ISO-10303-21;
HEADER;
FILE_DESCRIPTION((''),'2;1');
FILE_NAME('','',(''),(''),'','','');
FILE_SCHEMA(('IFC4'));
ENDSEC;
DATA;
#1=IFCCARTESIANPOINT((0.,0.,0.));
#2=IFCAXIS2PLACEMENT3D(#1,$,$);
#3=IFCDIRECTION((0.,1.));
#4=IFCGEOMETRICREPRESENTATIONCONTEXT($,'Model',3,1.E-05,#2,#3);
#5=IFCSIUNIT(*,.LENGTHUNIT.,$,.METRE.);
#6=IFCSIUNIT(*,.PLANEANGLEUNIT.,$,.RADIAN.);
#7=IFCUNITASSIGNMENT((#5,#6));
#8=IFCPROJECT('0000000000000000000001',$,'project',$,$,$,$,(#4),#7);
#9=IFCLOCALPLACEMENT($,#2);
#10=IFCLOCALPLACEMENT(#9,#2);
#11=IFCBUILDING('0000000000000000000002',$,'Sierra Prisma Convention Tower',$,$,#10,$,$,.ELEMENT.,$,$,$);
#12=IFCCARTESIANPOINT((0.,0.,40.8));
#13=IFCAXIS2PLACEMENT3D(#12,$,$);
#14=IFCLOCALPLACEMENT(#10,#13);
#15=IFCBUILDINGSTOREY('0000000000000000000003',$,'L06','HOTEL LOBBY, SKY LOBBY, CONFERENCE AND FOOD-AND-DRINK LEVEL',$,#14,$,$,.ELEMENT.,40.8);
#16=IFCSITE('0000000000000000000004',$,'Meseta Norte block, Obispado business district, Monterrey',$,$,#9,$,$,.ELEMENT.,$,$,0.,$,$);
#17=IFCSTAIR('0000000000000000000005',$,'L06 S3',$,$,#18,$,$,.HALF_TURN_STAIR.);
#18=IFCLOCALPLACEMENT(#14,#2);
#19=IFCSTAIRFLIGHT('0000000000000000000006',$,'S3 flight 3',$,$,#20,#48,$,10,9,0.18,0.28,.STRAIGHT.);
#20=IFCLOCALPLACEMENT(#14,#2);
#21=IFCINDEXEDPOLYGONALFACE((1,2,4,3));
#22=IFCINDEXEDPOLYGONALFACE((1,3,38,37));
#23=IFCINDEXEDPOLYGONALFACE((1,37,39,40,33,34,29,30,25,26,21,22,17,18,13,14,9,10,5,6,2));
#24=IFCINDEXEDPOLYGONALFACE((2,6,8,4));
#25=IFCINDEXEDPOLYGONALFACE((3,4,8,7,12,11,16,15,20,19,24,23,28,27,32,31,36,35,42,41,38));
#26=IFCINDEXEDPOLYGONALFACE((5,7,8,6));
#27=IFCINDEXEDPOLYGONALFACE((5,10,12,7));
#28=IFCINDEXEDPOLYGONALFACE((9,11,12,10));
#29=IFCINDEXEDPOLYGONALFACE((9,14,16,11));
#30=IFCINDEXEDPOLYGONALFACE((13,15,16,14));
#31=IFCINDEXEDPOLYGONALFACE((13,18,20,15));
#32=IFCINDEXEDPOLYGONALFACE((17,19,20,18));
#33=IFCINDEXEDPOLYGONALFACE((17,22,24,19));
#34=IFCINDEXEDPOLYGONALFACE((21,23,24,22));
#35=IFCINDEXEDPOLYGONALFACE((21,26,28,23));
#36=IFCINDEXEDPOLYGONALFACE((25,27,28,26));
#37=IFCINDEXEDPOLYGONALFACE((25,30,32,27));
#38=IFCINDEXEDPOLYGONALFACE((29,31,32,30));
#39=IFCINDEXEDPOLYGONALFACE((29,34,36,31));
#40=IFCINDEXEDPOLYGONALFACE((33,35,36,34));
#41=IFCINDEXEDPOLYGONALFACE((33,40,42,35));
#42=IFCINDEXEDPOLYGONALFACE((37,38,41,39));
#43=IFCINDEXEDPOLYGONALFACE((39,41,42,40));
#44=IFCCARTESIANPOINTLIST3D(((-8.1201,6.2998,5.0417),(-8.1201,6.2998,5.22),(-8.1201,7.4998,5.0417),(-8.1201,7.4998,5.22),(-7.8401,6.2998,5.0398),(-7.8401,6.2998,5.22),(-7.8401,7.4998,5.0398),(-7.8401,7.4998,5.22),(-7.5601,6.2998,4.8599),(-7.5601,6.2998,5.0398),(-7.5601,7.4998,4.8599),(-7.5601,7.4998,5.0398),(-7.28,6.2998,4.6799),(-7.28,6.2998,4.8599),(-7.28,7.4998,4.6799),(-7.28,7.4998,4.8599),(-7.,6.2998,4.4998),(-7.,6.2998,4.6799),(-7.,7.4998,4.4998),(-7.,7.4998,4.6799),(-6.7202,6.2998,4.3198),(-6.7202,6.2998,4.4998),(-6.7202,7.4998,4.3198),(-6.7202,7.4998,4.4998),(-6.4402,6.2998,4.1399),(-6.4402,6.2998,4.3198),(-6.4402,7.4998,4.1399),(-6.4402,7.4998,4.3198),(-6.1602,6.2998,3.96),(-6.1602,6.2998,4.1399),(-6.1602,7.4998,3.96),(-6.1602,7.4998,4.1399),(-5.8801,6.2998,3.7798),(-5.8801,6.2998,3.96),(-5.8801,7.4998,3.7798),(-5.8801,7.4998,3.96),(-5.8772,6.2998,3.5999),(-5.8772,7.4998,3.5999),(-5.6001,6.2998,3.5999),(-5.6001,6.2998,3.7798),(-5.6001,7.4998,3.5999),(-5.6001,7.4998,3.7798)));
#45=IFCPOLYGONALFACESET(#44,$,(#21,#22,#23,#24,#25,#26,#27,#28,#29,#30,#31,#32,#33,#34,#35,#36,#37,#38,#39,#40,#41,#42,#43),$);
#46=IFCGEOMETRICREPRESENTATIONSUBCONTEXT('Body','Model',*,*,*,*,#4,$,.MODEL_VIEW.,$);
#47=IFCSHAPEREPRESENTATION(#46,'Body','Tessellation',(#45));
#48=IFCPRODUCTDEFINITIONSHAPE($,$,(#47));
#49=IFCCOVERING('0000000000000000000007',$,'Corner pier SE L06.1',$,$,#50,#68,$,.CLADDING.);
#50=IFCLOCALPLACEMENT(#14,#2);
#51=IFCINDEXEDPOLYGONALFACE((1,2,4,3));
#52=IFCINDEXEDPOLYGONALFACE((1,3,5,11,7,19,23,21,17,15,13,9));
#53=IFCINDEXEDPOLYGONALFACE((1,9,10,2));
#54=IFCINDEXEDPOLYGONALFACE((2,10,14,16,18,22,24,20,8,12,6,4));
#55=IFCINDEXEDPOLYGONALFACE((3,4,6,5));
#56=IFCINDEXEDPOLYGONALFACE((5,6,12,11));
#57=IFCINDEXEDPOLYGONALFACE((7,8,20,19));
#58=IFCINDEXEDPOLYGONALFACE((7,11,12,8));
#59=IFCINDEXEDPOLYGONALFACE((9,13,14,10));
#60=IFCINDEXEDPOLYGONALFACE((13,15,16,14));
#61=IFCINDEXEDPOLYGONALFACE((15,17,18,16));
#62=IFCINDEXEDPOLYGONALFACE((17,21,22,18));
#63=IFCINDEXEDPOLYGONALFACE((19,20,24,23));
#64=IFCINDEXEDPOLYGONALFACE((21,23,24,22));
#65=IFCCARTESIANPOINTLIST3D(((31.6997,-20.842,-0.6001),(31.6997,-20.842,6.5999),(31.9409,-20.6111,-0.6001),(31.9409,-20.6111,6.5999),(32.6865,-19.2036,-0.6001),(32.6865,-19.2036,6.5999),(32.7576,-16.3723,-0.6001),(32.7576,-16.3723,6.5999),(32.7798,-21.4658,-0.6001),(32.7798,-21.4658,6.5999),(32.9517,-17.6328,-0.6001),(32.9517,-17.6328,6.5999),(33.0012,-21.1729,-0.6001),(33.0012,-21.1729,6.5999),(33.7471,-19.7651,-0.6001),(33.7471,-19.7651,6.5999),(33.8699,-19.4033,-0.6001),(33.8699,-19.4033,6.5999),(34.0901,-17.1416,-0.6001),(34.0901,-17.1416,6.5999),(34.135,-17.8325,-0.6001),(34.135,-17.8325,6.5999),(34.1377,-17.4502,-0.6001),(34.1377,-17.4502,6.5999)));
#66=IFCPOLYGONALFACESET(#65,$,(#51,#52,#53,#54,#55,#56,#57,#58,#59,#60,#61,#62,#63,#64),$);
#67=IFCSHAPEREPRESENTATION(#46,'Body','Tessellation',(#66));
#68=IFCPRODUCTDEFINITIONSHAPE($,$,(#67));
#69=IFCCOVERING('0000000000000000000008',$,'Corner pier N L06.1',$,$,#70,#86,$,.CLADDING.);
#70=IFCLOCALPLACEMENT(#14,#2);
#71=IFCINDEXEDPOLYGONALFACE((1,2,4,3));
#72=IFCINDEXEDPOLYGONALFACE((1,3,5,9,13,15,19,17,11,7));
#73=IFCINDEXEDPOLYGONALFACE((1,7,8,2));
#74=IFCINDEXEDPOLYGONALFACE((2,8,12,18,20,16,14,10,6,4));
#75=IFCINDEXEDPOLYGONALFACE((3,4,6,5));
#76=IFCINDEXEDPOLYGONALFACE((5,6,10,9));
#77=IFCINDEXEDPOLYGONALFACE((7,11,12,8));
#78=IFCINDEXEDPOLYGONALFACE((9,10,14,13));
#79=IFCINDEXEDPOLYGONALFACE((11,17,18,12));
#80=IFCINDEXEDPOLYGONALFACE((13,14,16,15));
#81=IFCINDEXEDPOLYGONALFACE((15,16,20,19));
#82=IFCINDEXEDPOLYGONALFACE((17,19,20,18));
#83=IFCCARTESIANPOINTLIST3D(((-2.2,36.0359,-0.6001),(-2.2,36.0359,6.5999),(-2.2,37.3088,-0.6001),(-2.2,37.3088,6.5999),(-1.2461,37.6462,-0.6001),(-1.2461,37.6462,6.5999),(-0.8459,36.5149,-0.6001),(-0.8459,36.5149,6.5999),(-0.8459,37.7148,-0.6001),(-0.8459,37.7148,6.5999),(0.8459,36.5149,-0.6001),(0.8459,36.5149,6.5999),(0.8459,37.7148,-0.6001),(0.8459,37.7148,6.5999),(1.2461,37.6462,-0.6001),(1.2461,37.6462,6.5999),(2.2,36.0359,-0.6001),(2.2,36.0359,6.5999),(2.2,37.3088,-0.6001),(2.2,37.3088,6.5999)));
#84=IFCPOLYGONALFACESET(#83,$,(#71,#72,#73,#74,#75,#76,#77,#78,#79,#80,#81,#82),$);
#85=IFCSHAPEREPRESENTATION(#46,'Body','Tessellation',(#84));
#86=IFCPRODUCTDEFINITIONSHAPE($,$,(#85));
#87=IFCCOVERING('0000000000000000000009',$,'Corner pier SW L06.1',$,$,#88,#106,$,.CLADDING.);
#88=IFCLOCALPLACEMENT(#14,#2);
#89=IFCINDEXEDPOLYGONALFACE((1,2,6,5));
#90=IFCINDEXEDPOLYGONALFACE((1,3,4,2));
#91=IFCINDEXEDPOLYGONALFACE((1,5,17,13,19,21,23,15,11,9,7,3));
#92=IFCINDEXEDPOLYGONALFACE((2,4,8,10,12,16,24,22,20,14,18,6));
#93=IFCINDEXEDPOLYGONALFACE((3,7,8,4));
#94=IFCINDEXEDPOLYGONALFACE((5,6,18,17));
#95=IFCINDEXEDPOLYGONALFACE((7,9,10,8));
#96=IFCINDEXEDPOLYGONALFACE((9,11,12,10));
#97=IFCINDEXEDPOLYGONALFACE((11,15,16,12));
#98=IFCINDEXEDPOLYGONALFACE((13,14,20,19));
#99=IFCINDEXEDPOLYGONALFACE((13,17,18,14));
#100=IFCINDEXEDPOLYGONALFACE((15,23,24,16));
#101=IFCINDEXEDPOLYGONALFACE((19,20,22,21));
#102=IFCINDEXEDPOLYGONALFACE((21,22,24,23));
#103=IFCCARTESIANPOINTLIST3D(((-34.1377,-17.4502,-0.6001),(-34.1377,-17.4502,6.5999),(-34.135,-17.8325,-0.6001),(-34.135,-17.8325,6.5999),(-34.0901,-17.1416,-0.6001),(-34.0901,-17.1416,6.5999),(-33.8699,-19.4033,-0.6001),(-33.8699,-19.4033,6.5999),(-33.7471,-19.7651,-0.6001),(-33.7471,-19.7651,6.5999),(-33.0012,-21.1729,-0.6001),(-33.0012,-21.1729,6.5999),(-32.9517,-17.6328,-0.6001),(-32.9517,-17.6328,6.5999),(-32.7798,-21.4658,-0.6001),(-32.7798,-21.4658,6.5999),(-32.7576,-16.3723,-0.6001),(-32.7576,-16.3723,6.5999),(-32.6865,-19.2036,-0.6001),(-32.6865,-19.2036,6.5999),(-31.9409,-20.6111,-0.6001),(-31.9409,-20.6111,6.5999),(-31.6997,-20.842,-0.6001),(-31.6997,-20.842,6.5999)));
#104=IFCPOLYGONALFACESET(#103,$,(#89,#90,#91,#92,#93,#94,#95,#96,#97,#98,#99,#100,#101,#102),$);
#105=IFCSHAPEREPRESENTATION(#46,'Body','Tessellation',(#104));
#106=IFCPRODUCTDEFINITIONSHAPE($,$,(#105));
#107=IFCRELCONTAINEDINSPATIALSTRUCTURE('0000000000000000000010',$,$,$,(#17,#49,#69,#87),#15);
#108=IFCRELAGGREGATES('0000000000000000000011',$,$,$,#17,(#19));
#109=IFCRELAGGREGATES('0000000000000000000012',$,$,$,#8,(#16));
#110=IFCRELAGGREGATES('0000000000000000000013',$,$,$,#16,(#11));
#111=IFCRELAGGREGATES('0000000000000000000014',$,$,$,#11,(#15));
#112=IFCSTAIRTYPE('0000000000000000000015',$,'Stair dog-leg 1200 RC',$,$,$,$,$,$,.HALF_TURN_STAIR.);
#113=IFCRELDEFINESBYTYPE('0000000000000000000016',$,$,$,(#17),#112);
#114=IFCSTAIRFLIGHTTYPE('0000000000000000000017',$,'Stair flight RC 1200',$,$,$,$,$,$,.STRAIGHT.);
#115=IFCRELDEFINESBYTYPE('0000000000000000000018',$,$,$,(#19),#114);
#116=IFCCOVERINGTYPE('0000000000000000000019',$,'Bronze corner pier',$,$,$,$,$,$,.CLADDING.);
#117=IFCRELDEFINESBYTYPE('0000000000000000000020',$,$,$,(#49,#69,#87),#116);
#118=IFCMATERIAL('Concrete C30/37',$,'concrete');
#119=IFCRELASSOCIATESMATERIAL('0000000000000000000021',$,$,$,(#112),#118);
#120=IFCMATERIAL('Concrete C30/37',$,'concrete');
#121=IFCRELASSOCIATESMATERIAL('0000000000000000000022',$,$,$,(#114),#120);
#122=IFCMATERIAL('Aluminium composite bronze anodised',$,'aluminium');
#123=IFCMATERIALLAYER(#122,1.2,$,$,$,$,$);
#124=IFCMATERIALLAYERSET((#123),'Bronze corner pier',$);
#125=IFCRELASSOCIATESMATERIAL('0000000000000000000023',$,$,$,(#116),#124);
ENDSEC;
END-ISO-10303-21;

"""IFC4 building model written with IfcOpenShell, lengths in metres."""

from ifc_helpers import new_model, si_unit, direction, frame, origin, place, context, subcontext, project, spatial, polyline, outline, extrude, material, layer, layer_set, type_object, element, aggregate, save


model = new_model("IFC4")

# Units and contexts
model_context = context("Model", 3, precision=1e-05, world=origin(), true_north=direction((0.0, 1.0)))
body_context = subcontext(model_context, "Body", "Model", "MODEL_VIEW")
ifc_project = project(units=[si_unit("LENGTHUNIT", "METRE"), si_unit("PLANEANGLEUNIT", "RADIAN")], contexts=[model_context])

# Site, building, storey
site_placement = place(None, origin())
site = spatial("IfcSite", under=ifc_project, at=site_placement, Name="Meseta Norte block, Obispado business district, Monterrey", CompositionType="ELEMENT", RefElevation=0.0)
building_placement = place(site_placement, origin())
building = spatial("IfcBuilding", under=site, at=building_placement, Name="Sierra Prisma Convention Tower", CompositionType="ELEMENT")
storey_placement = place(building_placement, frame((0.0, 0.0, 40.8)))
storey = spatial("IfcBuildingStorey", under=building, at=storey_placement, Name="L06", Description="HOTEL LOBBY, SKY LOBBY, CONFERENCE AND FOOD-AND-DRINK LEVEL", CompositionType="ELEMENT", Elevation=40.8)

# Shared definitions
ifc_material_1 = material(Name="Concrete C30/37", Category="concrete")
stair_type = type_object("IfcStairType", Name="Stair dog-leg 1200 RC", PredefinedType="HALF_TURN_STAIR", material=ifc_material_1)

# Stair, stair flight
stair_1_placement = place(storey_placement, origin())
stair_1 = element("IfcStair", 1, at=stair_1_placement, inside=storey, type_object=stair_type, Name="L06 S3", PredefinedType="HALF_TURN_STAIR")
ifc_material_2 = material(Name="Concrete C30/37", Category="concrete")
stair_flight_type = type_object("IfcStairFlightType", Name="Stair flight RC 1200", PredefinedType="STRAIGHT", material=ifc_material_2)
stair_flight_1_placement = place(storey_placement, frame((-5.6001, 6.8999, 3.5999), z_axis=(0.0, 0.0, 1.0), x_axis=(-1.0, 0.0, 0.0)))
stair_flight_1 = element("IfcStairFlight", 2, at=stair_flight_1_placement, type_object=stair_flight_type, Name="S3 flight 3", NumberOfRisers=10, NumberOfTreads=9, PredefinedType="STRAIGHT", RiserHeight=0.18, TreadLength=0.28, context=body_context, shape_type="SweptSolid", body=[
    extrude(outline(polyline([(0.0, 0.0), (0.0, 0.1799), (0.28, 0.1799), (0.28, 0.3601), (0.5601, 0.3601), (0.5601, 0.54), (0.8401, 0.54), (0.8401, 0.72), (1.1201, 0.72), (1.1201, 0.8999), (1.3999, 0.8999), (1.3999, 1.0801), (1.6799, 1.0801), (1.6799, 1.26), (1.96, 1.26), (1.96, 1.4399), (2.24, 1.4399), (2.24, 1.6201), (2.52, 1.6201), (2.52, 1.8), (2.52, 1.4419), (0.2771, 0.0), (0.0, 0.0)])), frame((0.0, 0.6001, 0.0), z_axis=(0.0, -1.0, 0.0), x_axis=(1.0, 0.0, 0.0)), (0.0, 0.0, 1.0), 1.2),
])
aggregate(stair_1, [stair_flight_1])

# Coverings
ifc_material_3 = material(Name="Aluminium composite bronze anodised", Category="aluminium")
ifc_layer_1 = layer(ifc_material_3, 1.2)
ifc_layer_set_1 = layer_set([ifc_layer_1], Name="Bronze corner pier")
covering_type_1 = type_object("IfcCoveringType", Name="Bronze corner pier", PredefinedType="CLADDING", material=ifc_layer_set_1)
covering_1_placement = place(storey_placement, frame((0.0, 0.0, -0.6001)))
element("IfcCovering", 3, at=covering_1_placement, inside=storey, type_object=covering_type_1, Name="Corner pier SE L06.1", PredefinedType="CLADDING", context=body_context, shape_type="SweptSolid", body=[
    extrude(outline(polyline([(34.1377, -17.4502), (34.135, -17.8325), (33.8699, -19.4033), (33.7471, -19.7651), (33.0012, -21.1729), (32.7798, -21.4658), (31.6997, -20.842), (31.9409, -20.6111), (32.6865, -19.2036), (32.9517, -17.6328), (32.7576, -16.3723), (34.0901, -17.1416), (34.1377, -17.4502)])), origin(), (0.0, 0.0, 1.0), 7.2),
])
covering_2_placement = place(storey_placement, frame((0.0, 0.0, -0.6001)))
element("IfcCovering", 4, at=covering_2_placement, inside=storey, type_object=covering_type_1, Name="Corner pier N L06.1", PredefinedType="CLADDING", context=body_context, shape_type="SweptSolid", body=[
    extrude(outline(polyline([(-1.2461, 37.6462), (-0.8459, 37.7148), (0.8459, 37.7148), (1.2461, 37.6462), (2.2, 37.3088), (2.2, 36.0359), (0.8459, 36.5149), (-0.8459, 36.5149), (-2.2, 36.0359), (-2.2, 37.3088), (-1.2461, 37.6462)])), origin(), (0.0, 0.0, 1.0), 7.2),
])
covering_3_placement = place(storey_placement, frame((0.0, 0.0, -0.6001)))
element("IfcCovering", 5, at=covering_3_placement, inside=storey, type_object=covering_type_1, Name="Corner pier SW L06.1", PredefinedType="CLADDING", context=body_context, shape_type="SweptSolid", body=[
    extrude(outline(polyline([(-33.0012, -21.1729), (-33.7471, -19.7651), (-33.8699, -19.4033), (-34.135, -17.8325), (-34.1377, -17.4502), (-34.0901, -17.1416), (-32.7576, -16.3723), (-32.9517, -17.6328), (-32.6865, -19.2036), (-31.9409, -20.6111), (-31.6997, -20.842), (-32.7798, -21.4658), (-33.0012, -21.1729)])), origin(), (0.0, 0.0, 1.0), 7.2),
])

save(model, "model.ifc")
